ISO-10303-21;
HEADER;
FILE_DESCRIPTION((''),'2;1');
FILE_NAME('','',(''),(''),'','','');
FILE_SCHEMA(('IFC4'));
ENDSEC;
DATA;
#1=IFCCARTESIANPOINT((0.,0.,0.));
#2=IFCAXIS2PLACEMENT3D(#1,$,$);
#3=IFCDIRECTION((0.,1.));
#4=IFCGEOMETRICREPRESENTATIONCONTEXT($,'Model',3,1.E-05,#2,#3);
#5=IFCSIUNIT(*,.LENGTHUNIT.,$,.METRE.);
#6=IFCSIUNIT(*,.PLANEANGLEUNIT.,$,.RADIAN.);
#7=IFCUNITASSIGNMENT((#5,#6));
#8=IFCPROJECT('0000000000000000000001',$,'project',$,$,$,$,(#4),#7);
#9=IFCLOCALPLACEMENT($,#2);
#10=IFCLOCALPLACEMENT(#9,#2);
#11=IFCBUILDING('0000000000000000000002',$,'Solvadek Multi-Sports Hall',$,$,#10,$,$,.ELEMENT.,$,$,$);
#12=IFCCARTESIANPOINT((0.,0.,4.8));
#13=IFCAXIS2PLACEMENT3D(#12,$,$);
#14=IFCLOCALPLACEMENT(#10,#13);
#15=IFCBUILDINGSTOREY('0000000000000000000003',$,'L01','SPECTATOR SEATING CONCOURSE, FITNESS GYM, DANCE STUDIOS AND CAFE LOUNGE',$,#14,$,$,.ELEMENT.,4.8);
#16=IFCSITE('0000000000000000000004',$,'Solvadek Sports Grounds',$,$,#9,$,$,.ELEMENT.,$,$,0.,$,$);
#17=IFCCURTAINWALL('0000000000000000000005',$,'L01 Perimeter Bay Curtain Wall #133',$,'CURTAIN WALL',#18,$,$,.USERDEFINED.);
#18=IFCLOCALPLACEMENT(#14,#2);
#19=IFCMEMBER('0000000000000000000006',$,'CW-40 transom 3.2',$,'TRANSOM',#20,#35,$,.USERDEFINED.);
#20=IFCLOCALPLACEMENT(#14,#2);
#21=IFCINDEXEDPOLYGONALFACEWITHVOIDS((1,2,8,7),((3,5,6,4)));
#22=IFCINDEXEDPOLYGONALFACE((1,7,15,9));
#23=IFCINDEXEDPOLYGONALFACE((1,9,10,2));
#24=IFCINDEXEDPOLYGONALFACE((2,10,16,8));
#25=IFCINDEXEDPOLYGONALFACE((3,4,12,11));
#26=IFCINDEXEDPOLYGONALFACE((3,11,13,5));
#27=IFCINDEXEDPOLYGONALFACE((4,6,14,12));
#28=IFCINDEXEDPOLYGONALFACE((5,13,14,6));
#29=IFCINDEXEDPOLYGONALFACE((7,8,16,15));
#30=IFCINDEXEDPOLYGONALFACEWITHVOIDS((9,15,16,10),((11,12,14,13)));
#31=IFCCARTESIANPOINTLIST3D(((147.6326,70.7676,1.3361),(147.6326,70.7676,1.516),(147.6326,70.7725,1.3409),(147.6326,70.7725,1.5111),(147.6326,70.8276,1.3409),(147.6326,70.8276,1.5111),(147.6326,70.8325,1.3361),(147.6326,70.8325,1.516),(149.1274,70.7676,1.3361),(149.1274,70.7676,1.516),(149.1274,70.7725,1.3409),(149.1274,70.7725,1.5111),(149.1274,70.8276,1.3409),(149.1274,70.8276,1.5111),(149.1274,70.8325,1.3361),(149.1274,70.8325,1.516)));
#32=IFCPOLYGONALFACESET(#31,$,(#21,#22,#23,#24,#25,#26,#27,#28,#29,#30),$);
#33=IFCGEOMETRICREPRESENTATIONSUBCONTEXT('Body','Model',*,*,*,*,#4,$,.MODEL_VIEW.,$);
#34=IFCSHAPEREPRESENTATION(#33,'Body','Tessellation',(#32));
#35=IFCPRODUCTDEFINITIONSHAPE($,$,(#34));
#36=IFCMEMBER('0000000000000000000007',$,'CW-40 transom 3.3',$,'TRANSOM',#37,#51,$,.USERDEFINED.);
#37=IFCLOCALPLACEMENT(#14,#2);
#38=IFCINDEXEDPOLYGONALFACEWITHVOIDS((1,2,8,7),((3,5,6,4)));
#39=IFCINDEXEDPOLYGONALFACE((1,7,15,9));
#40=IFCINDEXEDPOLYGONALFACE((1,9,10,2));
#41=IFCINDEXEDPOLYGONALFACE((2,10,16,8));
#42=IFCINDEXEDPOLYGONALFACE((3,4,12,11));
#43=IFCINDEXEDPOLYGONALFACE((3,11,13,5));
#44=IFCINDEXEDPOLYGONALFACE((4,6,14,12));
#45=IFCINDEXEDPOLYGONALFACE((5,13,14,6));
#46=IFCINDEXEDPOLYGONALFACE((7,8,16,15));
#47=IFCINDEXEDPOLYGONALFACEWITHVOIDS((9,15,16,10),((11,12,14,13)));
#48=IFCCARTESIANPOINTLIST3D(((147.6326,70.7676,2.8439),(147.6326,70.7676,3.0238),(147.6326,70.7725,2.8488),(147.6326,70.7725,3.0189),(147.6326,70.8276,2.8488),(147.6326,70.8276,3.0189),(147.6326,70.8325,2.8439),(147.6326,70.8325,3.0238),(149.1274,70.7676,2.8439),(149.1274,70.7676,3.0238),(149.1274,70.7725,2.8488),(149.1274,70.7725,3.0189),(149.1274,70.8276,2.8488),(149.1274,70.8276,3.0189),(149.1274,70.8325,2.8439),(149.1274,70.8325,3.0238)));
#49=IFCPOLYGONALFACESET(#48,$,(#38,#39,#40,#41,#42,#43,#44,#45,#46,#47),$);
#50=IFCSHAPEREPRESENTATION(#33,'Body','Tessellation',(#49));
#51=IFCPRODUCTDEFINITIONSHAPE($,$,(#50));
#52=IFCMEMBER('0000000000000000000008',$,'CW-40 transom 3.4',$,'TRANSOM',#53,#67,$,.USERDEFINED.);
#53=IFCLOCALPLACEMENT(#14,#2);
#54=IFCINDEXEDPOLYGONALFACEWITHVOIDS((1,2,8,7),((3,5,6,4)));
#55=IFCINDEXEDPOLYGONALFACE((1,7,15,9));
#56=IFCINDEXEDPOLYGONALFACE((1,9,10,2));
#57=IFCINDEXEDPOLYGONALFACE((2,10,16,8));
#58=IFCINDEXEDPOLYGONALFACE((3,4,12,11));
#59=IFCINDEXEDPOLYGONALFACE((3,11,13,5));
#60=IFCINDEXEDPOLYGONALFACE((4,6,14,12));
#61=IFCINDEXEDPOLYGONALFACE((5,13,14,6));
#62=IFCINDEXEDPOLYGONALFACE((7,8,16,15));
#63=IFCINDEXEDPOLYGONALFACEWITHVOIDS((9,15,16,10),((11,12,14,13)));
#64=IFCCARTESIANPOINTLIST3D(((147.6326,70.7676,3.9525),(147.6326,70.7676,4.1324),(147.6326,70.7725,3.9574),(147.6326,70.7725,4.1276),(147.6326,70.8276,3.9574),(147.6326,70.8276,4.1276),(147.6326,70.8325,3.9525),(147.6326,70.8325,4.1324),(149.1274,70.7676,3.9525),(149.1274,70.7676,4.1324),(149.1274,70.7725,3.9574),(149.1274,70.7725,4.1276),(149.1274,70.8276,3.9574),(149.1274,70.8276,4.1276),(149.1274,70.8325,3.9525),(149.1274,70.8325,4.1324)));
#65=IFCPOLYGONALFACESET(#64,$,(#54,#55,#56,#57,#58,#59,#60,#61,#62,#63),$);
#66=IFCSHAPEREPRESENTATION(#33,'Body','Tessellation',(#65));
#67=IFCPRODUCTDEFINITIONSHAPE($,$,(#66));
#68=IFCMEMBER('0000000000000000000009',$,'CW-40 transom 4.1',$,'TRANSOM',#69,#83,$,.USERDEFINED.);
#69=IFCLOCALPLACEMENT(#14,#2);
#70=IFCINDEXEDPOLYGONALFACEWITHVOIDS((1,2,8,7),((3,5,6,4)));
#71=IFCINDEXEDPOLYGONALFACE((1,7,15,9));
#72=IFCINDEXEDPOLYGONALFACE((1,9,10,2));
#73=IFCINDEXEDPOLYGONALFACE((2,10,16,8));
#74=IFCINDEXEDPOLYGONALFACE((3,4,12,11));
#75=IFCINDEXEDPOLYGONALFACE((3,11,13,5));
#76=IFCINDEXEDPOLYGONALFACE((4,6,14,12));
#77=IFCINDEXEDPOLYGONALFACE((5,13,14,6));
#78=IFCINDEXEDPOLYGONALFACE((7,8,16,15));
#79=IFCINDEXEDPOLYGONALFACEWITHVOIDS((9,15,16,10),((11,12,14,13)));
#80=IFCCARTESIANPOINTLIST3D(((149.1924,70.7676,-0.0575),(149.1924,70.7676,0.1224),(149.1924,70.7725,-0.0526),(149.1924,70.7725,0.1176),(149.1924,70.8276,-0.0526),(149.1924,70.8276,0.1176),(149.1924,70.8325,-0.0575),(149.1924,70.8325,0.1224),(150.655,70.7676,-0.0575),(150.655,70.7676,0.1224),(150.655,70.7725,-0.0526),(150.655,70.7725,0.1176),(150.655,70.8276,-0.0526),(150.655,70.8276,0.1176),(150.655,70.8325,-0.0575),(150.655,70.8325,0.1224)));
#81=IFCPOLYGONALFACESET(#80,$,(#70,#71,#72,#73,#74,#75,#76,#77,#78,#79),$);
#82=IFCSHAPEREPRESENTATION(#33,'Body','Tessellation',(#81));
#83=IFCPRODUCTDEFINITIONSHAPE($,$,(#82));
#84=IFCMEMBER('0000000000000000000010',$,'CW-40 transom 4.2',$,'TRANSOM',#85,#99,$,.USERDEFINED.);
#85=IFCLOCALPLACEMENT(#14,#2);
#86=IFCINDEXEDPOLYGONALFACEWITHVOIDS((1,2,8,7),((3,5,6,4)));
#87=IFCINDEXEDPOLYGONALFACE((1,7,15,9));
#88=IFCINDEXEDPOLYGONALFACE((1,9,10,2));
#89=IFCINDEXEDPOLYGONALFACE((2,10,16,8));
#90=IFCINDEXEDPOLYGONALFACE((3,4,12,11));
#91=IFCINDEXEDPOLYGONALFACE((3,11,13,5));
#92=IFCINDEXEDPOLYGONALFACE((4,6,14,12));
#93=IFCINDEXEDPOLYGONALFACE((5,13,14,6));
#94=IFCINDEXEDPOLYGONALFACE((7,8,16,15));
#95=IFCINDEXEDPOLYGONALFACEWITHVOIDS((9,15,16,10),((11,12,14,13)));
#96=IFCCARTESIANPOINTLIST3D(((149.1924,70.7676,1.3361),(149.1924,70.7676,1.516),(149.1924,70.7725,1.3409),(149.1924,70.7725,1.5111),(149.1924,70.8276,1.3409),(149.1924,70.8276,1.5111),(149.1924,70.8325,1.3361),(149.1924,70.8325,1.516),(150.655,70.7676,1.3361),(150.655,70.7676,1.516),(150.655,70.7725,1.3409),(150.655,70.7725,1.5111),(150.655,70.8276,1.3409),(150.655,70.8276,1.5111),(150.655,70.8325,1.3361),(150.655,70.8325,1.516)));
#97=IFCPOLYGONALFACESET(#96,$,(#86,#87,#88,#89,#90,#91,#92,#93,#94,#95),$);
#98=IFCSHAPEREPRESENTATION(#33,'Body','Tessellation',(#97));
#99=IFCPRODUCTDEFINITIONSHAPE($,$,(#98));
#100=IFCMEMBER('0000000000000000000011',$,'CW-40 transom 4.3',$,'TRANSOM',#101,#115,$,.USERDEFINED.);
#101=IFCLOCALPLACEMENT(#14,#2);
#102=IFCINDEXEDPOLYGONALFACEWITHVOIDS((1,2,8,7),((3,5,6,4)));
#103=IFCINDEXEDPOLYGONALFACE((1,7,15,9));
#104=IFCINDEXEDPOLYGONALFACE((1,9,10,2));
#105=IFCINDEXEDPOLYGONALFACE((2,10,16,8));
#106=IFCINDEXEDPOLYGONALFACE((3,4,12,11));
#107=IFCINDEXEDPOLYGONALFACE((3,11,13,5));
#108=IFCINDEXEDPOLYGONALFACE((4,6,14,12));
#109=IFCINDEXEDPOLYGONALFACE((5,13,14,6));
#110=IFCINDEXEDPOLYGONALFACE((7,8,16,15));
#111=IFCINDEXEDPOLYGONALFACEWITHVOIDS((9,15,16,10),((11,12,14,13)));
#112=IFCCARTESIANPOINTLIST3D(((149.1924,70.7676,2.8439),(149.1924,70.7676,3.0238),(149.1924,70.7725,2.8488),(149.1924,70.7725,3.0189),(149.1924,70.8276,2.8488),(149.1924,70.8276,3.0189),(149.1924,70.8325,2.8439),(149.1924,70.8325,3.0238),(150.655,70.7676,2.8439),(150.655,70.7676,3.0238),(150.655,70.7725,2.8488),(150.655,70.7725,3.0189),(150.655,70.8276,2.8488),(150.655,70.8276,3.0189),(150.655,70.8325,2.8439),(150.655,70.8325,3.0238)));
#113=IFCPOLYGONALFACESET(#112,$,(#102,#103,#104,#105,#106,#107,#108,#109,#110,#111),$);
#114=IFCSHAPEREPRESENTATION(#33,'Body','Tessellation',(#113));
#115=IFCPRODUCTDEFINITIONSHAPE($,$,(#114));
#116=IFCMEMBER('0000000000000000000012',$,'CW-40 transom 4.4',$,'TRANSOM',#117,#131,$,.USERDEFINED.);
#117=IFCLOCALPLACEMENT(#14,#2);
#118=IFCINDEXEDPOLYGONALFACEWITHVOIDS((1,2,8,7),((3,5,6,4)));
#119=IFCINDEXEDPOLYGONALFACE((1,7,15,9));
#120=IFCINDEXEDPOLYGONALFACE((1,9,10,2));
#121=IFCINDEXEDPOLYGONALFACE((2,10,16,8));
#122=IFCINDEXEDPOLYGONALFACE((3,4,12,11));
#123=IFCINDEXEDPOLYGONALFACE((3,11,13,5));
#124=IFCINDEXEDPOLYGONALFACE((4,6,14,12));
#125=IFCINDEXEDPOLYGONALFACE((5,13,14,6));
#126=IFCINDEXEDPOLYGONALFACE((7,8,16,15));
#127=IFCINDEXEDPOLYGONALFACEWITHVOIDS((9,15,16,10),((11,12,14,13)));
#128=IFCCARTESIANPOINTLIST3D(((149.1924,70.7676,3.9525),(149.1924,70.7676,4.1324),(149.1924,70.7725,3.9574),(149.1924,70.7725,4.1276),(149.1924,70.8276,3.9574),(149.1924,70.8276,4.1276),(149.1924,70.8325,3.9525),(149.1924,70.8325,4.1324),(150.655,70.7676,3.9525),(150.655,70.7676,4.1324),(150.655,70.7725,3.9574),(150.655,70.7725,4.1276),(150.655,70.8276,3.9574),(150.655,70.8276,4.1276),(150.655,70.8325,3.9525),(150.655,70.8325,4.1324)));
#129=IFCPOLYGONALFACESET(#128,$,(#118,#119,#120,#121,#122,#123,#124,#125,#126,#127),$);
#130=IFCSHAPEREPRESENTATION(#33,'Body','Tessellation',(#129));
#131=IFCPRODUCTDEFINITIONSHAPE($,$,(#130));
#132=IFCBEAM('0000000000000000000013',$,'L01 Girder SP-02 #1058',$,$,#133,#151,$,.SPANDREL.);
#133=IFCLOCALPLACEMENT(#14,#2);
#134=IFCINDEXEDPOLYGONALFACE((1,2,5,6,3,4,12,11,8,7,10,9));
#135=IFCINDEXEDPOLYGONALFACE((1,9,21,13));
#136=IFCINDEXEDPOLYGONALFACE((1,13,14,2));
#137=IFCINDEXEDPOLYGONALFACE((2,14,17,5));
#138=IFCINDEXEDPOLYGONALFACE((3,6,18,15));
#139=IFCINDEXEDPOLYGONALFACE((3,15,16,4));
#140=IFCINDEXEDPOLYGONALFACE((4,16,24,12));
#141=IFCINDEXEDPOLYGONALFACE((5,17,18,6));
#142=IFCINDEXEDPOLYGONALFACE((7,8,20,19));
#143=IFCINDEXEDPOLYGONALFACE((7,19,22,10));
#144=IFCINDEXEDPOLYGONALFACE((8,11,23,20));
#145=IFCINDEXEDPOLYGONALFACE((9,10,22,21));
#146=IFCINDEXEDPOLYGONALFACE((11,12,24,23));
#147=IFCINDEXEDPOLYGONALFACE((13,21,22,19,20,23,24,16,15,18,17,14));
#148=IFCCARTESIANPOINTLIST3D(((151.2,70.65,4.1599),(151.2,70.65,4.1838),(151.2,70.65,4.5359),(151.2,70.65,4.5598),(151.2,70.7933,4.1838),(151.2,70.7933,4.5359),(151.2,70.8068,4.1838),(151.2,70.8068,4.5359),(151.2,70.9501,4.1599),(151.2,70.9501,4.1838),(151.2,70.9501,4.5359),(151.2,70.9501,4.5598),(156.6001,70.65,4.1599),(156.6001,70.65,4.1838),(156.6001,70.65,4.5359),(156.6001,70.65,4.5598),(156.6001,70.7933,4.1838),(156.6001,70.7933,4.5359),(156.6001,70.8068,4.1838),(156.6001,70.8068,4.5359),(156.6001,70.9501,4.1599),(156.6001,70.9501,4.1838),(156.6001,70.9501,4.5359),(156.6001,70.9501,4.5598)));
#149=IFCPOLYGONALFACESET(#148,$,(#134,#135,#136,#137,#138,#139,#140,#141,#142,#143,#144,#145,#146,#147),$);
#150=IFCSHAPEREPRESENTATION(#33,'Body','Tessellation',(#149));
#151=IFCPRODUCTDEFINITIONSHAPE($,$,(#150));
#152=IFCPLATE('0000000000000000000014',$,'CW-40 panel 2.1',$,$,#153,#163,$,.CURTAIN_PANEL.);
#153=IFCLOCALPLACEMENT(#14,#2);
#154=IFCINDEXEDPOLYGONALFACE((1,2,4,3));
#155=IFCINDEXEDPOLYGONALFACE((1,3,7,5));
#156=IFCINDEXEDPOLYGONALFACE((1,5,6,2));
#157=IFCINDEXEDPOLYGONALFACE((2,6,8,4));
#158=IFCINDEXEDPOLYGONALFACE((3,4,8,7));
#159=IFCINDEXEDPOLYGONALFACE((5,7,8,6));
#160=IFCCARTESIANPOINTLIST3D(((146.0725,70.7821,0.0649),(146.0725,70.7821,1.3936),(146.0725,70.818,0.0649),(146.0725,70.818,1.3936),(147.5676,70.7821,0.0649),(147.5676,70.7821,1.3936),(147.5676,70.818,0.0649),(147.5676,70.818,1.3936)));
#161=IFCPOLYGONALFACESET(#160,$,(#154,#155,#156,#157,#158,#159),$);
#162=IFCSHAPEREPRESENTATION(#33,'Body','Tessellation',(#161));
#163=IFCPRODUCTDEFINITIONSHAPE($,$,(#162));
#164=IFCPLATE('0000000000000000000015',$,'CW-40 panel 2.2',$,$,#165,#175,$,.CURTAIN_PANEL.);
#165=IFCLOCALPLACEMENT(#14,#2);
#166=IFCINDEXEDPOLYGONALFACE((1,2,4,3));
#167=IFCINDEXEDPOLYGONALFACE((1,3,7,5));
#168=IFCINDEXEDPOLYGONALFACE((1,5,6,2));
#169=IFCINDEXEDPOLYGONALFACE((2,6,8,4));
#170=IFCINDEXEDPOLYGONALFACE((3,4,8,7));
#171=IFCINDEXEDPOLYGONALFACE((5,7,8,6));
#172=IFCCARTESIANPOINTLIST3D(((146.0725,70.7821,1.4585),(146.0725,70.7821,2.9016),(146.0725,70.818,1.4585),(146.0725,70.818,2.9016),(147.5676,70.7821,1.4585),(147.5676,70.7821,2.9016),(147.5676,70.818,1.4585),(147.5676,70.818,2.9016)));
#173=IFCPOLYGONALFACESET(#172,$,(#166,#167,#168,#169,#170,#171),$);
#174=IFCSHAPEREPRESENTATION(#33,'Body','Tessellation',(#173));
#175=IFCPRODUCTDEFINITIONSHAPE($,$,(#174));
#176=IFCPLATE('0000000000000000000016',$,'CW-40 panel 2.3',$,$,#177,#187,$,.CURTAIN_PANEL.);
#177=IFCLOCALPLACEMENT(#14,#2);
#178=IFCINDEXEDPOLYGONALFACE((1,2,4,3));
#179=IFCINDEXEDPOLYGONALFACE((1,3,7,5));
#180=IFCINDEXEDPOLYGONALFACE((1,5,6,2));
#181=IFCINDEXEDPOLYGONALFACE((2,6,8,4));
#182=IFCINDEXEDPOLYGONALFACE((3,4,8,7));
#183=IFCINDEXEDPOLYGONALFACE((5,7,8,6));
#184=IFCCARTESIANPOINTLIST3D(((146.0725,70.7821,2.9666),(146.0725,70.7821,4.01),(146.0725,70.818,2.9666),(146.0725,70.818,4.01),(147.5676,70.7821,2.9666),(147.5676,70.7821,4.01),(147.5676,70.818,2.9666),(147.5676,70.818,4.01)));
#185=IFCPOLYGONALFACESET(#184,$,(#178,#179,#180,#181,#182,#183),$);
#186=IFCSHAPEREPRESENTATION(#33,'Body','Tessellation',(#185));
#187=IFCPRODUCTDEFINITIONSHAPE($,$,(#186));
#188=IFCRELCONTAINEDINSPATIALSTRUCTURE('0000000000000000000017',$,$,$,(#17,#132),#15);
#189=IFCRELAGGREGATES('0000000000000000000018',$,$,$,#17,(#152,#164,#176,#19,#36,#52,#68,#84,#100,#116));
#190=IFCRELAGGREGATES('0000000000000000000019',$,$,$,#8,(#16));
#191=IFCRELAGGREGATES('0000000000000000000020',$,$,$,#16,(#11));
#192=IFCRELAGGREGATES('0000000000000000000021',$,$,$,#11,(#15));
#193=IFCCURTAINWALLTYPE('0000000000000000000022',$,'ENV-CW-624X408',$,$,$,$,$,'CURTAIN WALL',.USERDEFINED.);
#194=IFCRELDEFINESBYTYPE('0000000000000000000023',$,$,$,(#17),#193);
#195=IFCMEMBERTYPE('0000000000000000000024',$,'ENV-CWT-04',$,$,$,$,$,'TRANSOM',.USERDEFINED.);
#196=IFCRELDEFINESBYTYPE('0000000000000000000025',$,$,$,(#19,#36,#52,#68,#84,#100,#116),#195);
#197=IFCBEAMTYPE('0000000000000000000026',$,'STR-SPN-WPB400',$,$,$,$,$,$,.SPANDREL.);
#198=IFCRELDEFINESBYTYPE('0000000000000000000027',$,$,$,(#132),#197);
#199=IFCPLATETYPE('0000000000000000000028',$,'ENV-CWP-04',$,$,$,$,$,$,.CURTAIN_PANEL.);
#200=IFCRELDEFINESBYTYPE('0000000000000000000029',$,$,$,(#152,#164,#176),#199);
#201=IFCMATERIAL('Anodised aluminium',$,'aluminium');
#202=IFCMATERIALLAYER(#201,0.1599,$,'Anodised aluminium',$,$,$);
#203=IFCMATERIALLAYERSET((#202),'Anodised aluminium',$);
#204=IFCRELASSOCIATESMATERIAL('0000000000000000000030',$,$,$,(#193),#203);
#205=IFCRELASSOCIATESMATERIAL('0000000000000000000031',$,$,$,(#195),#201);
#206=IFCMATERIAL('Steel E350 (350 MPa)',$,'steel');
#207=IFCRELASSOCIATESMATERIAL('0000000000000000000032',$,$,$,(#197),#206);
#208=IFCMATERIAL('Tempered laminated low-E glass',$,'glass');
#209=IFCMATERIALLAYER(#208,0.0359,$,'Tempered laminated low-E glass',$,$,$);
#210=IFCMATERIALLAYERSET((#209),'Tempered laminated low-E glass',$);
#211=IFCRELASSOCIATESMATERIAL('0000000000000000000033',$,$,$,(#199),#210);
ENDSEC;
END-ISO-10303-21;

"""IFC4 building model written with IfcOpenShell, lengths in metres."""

from ifc_helpers import new_model, si_unit, direction, frame, origin, origin_2d, place, context, subcontext, project, spatial, rectangle, hollow_rectangle, i_section, extrude, material, layer, layer_set, material_profile, profile_set, type_object, element, aggregate, save


model = new_model("IFC4")

# Units and contexts
model_context = context("Model", 3, precision=1e-05, world=origin(), true_north=direction((0.0, 1.0)))
body_context = subcontext(model_context, "Body", "Model", "MODEL_VIEW")
ifc_project = project(units=[si_unit("LENGTHUNIT", "METRE"), si_unit("PLANEANGLEUNIT", "RADIAN")], contexts=[model_context])

# Site, building, storey
site_placement = place(None, origin())
site = spatial("IfcSite", under=ifc_project, at=site_placement, Name="Solvadek Sports Grounds", CompositionType="ELEMENT", RefElevation=0.0)
building_placement = place(site_placement, origin())
building = spatial("IfcBuilding", under=site, at=building_placement, Name="Solvadek Multi-Sports Hall", CompositionType="ELEMENT")
storey_placement = place(building_placement, frame((0.0, 0.0, 4.8)))
storey = spatial("IfcBuildingStorey", under=building, at=storey_placement, Name="L01", Description="SPECTATOR SEATING CONCOURSE, FITNESS GYM, DANCE STUDIOS AND CAFE LOUNGE", CompositionType="ELEMENT", Elevation=4.8)

# Shared definitions
ifc_material_1 = material(Name="Steel E350 (350 MPa)", Category="steel")

# Curtain wall
ifc_material_2 = material(Name="Anodised aluminium", Category="aluminium")
ifc_layer_1 = layer(ifc_material_2, 0.1599, Name="Anodised aluminium")
ifc_layer_set_1 = layer_set([ifc_layer_1], Name="Anodised aluminium")
curtain_wall_type_1 = type_object("IfcCurtainWallType", Name="ENV-CW-624X408", ElementType="CURTAIN WALL", PredefinedType="USERDEFINED", material=ifc_layer_set_1)
curtain_wall_1_placement = place(storey_placement, origin())
curtain_wall_1 = element("IfcCurtainWall", 1, at=curtain_wall_1_placement, inside=storey, type_object=curtain_wall_type_1, Name="L01 Perimeter Bay Curtain Wall #133", ObjectType="CURTAIN WALL", PredefinedType="USERDEFINED")

# Members
ifc_material_profile_1 = material_profile(ifc_material_2, hollow_rectangle(XDim=0.0649, YDim=0.1799, WallThickness=0.0049, at=origin_2d()), Name="ALU-T 180x65x5")
ifc_profile_set_1 = profile_set([ifc_material_profile_1], Name="Anodised aluminium")
member_type_1 = type_object("IfcMemberType", Name="ENV-CWT-04", ElementType="TRANSOM", PredefinedType="USERDEFINED", material=ifc_profile_set_1)
member_1_placement = place(storey_placement, frame((147.6326, 70.8, 1.426), z_axis=(1.0, 0.0, 0.0), x_axis=(0.0, 1.0, 0.0)))
member_1 = element("IfcMember", 2, at=member_1_placement, type_object=member_type_1, Name="CW-40 transom 3.2", ObjectType="TRANSOM", PredefinedType="USERDEFINED", context=body_context, shape_type="SweptSolid", body=[
    extrude(hollow_rectangle(XDim=0.0649, YDim=0.1799, WallThickness=0.0049, at=origin_2d()), origin(), (0.0, 0.0, 1.0), 1.4949),
])
member_2_placement = place(storey_placement, frame((147.6326, 70.8, 2.9338), z_axis=(1.0, 0.0, 0.0), x_axis=(0.0, 1.0, 0.0)))
member_2 = element("IfcMember", 3, at=member_2_placement, type_object=member_type_1, Name="CW-40 transom 3.3", ObjectType="TRANSOM", PredefinedType="USERDEFINED", context=body_context, shape_type="SweptSolid", body=[
    extrude(hollow_rectangle(XDim=0.0649, YDim=0.1799, WallThickness=0.0049, at=origin_2d()), origin(), (0.0, 0.0, 1.0), 1.4949),
])
member_3_placement = place(storey_placement, frame((147.6326, 70.8, 4.0425), z_axis=(1.0, 0.0, 0.0), x_axis=(0.0, 1.0, 0.0)))
member_3 = element("IfcMember", 4, at=member_3_placement, type_object=member_type_1, Name="CW-40 transom 3.4", ObjectType="TRANSOM", PredefinedType="USERDEFINED", context=body_context, shape_type="SweptSolid", body=[
    extrude(hollow_rectangle(XDim=0.0649, YDim=0.1799, WallThickness=0.0049, at=origin_2d()), origin(), (0.0, 0.0, 1.0), 1.4949),
])
member_4_placement = place(storey_placement, frame((149.1924, 70.8, 0.0325), z_axis=(1.0, 0.0, 0.0), x_axis=(0.0, 1.0, 0.0)))
member_4 = element("IfcMember", 5, at=member_4_placement, type_object=member_type_1, Name="CW-40 transom 4.1", ObjectType="TRANSOM", PredefinedType="USERDEFINED", context=body_context, shape_type="SweptSolid", body=[
    extrude(hollow_rectangle(XDim=0.0649, YDim=0.1799, WallThickness=0.0049, at=origin_2d()), origin(), (0.0, 0.0, 1.0), 1.4626),
])
member_5_placement = place(storey_placement, frame((149.1924, 70.8, 1.426), z_axis=(1.0, 0.0, 0.0), x_axis=(0.0, 1.0, 0.0)))
member_5 = element("IfcMember", 6, at=member_5_placement, type_object=member_type_1, Name="CW-40 transom 4.2", ObjectType="TRANSOM", PredefinedType="USERDEFINED", context=body_context, shape_type="SweptSolid", body=[
    extrude(hollow_rectangle(XDim=0.0649, YDim=0.1799, WallThickness=0.0049, at=origin_2d()), origin(), (0.0, 0.0, 1.0), 1.4626),
])
member_6_placement = place(storey_placement, frame((149.1924, 70.8, 2.9338), z_axis=(1.0, 0.0, 0.0), x_axis=(0.0, 1.0, 0.0)))
member_6 = element("IfcMember", 7, at=member_6_placement, type_object=member_type_1, Name="CW-40 transom 4.3", ObjectType="TRANSOM", PredefinedType="USERDEFINED", context=body_context, shape_type="SweptSolid", body=[
    extrude(hollow_rectangle(XDim=0.0649, YDim=0.1799, WallThickness=0.0049, at=origin_2d()), origin(), (0.0, 0.0, 1.0), 1.4626),
])
member_7_placement = place(storey_placement, frame((149.1924, 70.8, 4.0425), z_axis=(1.0, 0.0, 0.0), x_axis=(0.0, 1.0, 0.0)))
member_7 = element("IfcMember", 8, at=member_7_placement, type_object=member_type_1, Name="CW-40 transom 4.4", ObjectType="TRANSOM", PredefinedType="USERDEFINED", context=body_context, shape_type="SweptSolid", body=[
    extrude(hollow_rectangle(XDim=0.0649, YDim=0.1799, WallThickness=0.0049, at=origin_2d()), origin(), (0.0, 0.0, 1.0), 1.4626),
])

# Beam
ifc_material_profile_2 = material_profile(ifc_material_1, i_section(OverallWidth=0.3, OverallDepth=0.3999, WebThickness=0.0134, FlangeThickness=0.0239, at=origin_2d()), Name="WPB 400")
ifc_profile_set_2 = profile_set([ifc_material_profile_2], Name="Steel E350 (350 MPa)")
beam_type = type_object("IfcBeamType", Name="STR-SPN-WPB400", PredefinedType="SPANDREL", material=ifc_profile_set_2)
beam_placement = place(storey_placement, frame((151.2, 70.8, 4.3599), z_axis=(1.0, 0.0, 0.0), x_axis=(0.0, 1.0, 0.0)))
element("IfcBeam", 9, at=beam_placement, inside=storey, type_object=beam_type, Name="L01 Girder SP-02 #1058", PredefinedType="SPANDREL", context=body_context, shape_type="SweptSolid", body=[
    extrude(i_section(OverallWidth=0.3, OverallDepth=0.3999, WebThickness=0.0134, FlangeThickness=0.0239, at=origin_2d()), origin(), (0.0, 0.0, 1.0), 5.4001),
])

# Plates
ifc_material_3 = material(Name="Tempered laminated low-E glass", Category="glass")
ifc_layer_2 = layer(ifc_material_3, 0.0359, Name="Tempered laminated low-E glass")
ifc_layer_set_2 = layer_set([ifc_layer_2], Name="Tempered laminated low-E glass")
plate_type = type_object("IfcPlateType", Name="ENV-CWP-04", PredefinedType="CURTAIN_PANEL", material=ifc_layer_set_2)
plate_1_placement = place(storey_placement, frame((146.8201, 70.8, 0.0649), z_axis=(0.0, 0.0, 1.0), x_axis=(1.0, 0.0, 0.0)))
plate_1 = element("IfcPlate", 10, at=plate_1_placement, type_object=plate_type, Name="CW-40 panel 2.1", PredefinedType="CURTAIN_PANEL", context=body_context, shape_type="SweptSolid", body=[
    extrude(rectangle(XDim=1.4951, YDim=0.0359, at=origin_2d()), origin(), (0.0, 0.0, 1.0), 1.3286),
])
plate_2_placement = place(storey_placement, frame((146.8201, 70.8, 1.4585), z_axis=(0.0, 0.0, 1.0), x_axis=(1.0, 0.0, 0.0)))
plate_2 = element("IfcPlate", 11, at=plate_2_placement, type_object=plate_type, Name="CW-40 panel 2.2", PredefinedType="CURTAIN_PANEL", context=body_context, shape_type="SweptSolid", body=[
    extrude(rectangle(XDim=1.4951, YDim=0.0359, at=origin_2d()), origin(), (0.0, 0.0, 1.0), 1.4431),
])
plate_3_placement = place(storey_placement, frame((146.8201, 70.8, 2.9666), z_axis=(0.0, 0.0, 1.0), x_axis=(1.0, 0.0, 0.0)))
plate_3 = element("IfcPlate", 12, at=plate_3_placement, type_object=plate_type, Name="CW-40 panel 2.3", PredefinedType="CURTAIN_PANEL", context=body_context, shape_type="SweptSolid", body=[
    extrude(rectangle(XDim=1.4951, YDim=0.0359, at=origin_2d()), origin(), (0.0, 0.0, 1.0), 1.0435),
])
aggregate(curtain_wall_1, [plate_1, plate_2, plate_3, member_1, member_2, member_3, member_4, member_5, member_6, member_7])

save(model, "model.ifc")
